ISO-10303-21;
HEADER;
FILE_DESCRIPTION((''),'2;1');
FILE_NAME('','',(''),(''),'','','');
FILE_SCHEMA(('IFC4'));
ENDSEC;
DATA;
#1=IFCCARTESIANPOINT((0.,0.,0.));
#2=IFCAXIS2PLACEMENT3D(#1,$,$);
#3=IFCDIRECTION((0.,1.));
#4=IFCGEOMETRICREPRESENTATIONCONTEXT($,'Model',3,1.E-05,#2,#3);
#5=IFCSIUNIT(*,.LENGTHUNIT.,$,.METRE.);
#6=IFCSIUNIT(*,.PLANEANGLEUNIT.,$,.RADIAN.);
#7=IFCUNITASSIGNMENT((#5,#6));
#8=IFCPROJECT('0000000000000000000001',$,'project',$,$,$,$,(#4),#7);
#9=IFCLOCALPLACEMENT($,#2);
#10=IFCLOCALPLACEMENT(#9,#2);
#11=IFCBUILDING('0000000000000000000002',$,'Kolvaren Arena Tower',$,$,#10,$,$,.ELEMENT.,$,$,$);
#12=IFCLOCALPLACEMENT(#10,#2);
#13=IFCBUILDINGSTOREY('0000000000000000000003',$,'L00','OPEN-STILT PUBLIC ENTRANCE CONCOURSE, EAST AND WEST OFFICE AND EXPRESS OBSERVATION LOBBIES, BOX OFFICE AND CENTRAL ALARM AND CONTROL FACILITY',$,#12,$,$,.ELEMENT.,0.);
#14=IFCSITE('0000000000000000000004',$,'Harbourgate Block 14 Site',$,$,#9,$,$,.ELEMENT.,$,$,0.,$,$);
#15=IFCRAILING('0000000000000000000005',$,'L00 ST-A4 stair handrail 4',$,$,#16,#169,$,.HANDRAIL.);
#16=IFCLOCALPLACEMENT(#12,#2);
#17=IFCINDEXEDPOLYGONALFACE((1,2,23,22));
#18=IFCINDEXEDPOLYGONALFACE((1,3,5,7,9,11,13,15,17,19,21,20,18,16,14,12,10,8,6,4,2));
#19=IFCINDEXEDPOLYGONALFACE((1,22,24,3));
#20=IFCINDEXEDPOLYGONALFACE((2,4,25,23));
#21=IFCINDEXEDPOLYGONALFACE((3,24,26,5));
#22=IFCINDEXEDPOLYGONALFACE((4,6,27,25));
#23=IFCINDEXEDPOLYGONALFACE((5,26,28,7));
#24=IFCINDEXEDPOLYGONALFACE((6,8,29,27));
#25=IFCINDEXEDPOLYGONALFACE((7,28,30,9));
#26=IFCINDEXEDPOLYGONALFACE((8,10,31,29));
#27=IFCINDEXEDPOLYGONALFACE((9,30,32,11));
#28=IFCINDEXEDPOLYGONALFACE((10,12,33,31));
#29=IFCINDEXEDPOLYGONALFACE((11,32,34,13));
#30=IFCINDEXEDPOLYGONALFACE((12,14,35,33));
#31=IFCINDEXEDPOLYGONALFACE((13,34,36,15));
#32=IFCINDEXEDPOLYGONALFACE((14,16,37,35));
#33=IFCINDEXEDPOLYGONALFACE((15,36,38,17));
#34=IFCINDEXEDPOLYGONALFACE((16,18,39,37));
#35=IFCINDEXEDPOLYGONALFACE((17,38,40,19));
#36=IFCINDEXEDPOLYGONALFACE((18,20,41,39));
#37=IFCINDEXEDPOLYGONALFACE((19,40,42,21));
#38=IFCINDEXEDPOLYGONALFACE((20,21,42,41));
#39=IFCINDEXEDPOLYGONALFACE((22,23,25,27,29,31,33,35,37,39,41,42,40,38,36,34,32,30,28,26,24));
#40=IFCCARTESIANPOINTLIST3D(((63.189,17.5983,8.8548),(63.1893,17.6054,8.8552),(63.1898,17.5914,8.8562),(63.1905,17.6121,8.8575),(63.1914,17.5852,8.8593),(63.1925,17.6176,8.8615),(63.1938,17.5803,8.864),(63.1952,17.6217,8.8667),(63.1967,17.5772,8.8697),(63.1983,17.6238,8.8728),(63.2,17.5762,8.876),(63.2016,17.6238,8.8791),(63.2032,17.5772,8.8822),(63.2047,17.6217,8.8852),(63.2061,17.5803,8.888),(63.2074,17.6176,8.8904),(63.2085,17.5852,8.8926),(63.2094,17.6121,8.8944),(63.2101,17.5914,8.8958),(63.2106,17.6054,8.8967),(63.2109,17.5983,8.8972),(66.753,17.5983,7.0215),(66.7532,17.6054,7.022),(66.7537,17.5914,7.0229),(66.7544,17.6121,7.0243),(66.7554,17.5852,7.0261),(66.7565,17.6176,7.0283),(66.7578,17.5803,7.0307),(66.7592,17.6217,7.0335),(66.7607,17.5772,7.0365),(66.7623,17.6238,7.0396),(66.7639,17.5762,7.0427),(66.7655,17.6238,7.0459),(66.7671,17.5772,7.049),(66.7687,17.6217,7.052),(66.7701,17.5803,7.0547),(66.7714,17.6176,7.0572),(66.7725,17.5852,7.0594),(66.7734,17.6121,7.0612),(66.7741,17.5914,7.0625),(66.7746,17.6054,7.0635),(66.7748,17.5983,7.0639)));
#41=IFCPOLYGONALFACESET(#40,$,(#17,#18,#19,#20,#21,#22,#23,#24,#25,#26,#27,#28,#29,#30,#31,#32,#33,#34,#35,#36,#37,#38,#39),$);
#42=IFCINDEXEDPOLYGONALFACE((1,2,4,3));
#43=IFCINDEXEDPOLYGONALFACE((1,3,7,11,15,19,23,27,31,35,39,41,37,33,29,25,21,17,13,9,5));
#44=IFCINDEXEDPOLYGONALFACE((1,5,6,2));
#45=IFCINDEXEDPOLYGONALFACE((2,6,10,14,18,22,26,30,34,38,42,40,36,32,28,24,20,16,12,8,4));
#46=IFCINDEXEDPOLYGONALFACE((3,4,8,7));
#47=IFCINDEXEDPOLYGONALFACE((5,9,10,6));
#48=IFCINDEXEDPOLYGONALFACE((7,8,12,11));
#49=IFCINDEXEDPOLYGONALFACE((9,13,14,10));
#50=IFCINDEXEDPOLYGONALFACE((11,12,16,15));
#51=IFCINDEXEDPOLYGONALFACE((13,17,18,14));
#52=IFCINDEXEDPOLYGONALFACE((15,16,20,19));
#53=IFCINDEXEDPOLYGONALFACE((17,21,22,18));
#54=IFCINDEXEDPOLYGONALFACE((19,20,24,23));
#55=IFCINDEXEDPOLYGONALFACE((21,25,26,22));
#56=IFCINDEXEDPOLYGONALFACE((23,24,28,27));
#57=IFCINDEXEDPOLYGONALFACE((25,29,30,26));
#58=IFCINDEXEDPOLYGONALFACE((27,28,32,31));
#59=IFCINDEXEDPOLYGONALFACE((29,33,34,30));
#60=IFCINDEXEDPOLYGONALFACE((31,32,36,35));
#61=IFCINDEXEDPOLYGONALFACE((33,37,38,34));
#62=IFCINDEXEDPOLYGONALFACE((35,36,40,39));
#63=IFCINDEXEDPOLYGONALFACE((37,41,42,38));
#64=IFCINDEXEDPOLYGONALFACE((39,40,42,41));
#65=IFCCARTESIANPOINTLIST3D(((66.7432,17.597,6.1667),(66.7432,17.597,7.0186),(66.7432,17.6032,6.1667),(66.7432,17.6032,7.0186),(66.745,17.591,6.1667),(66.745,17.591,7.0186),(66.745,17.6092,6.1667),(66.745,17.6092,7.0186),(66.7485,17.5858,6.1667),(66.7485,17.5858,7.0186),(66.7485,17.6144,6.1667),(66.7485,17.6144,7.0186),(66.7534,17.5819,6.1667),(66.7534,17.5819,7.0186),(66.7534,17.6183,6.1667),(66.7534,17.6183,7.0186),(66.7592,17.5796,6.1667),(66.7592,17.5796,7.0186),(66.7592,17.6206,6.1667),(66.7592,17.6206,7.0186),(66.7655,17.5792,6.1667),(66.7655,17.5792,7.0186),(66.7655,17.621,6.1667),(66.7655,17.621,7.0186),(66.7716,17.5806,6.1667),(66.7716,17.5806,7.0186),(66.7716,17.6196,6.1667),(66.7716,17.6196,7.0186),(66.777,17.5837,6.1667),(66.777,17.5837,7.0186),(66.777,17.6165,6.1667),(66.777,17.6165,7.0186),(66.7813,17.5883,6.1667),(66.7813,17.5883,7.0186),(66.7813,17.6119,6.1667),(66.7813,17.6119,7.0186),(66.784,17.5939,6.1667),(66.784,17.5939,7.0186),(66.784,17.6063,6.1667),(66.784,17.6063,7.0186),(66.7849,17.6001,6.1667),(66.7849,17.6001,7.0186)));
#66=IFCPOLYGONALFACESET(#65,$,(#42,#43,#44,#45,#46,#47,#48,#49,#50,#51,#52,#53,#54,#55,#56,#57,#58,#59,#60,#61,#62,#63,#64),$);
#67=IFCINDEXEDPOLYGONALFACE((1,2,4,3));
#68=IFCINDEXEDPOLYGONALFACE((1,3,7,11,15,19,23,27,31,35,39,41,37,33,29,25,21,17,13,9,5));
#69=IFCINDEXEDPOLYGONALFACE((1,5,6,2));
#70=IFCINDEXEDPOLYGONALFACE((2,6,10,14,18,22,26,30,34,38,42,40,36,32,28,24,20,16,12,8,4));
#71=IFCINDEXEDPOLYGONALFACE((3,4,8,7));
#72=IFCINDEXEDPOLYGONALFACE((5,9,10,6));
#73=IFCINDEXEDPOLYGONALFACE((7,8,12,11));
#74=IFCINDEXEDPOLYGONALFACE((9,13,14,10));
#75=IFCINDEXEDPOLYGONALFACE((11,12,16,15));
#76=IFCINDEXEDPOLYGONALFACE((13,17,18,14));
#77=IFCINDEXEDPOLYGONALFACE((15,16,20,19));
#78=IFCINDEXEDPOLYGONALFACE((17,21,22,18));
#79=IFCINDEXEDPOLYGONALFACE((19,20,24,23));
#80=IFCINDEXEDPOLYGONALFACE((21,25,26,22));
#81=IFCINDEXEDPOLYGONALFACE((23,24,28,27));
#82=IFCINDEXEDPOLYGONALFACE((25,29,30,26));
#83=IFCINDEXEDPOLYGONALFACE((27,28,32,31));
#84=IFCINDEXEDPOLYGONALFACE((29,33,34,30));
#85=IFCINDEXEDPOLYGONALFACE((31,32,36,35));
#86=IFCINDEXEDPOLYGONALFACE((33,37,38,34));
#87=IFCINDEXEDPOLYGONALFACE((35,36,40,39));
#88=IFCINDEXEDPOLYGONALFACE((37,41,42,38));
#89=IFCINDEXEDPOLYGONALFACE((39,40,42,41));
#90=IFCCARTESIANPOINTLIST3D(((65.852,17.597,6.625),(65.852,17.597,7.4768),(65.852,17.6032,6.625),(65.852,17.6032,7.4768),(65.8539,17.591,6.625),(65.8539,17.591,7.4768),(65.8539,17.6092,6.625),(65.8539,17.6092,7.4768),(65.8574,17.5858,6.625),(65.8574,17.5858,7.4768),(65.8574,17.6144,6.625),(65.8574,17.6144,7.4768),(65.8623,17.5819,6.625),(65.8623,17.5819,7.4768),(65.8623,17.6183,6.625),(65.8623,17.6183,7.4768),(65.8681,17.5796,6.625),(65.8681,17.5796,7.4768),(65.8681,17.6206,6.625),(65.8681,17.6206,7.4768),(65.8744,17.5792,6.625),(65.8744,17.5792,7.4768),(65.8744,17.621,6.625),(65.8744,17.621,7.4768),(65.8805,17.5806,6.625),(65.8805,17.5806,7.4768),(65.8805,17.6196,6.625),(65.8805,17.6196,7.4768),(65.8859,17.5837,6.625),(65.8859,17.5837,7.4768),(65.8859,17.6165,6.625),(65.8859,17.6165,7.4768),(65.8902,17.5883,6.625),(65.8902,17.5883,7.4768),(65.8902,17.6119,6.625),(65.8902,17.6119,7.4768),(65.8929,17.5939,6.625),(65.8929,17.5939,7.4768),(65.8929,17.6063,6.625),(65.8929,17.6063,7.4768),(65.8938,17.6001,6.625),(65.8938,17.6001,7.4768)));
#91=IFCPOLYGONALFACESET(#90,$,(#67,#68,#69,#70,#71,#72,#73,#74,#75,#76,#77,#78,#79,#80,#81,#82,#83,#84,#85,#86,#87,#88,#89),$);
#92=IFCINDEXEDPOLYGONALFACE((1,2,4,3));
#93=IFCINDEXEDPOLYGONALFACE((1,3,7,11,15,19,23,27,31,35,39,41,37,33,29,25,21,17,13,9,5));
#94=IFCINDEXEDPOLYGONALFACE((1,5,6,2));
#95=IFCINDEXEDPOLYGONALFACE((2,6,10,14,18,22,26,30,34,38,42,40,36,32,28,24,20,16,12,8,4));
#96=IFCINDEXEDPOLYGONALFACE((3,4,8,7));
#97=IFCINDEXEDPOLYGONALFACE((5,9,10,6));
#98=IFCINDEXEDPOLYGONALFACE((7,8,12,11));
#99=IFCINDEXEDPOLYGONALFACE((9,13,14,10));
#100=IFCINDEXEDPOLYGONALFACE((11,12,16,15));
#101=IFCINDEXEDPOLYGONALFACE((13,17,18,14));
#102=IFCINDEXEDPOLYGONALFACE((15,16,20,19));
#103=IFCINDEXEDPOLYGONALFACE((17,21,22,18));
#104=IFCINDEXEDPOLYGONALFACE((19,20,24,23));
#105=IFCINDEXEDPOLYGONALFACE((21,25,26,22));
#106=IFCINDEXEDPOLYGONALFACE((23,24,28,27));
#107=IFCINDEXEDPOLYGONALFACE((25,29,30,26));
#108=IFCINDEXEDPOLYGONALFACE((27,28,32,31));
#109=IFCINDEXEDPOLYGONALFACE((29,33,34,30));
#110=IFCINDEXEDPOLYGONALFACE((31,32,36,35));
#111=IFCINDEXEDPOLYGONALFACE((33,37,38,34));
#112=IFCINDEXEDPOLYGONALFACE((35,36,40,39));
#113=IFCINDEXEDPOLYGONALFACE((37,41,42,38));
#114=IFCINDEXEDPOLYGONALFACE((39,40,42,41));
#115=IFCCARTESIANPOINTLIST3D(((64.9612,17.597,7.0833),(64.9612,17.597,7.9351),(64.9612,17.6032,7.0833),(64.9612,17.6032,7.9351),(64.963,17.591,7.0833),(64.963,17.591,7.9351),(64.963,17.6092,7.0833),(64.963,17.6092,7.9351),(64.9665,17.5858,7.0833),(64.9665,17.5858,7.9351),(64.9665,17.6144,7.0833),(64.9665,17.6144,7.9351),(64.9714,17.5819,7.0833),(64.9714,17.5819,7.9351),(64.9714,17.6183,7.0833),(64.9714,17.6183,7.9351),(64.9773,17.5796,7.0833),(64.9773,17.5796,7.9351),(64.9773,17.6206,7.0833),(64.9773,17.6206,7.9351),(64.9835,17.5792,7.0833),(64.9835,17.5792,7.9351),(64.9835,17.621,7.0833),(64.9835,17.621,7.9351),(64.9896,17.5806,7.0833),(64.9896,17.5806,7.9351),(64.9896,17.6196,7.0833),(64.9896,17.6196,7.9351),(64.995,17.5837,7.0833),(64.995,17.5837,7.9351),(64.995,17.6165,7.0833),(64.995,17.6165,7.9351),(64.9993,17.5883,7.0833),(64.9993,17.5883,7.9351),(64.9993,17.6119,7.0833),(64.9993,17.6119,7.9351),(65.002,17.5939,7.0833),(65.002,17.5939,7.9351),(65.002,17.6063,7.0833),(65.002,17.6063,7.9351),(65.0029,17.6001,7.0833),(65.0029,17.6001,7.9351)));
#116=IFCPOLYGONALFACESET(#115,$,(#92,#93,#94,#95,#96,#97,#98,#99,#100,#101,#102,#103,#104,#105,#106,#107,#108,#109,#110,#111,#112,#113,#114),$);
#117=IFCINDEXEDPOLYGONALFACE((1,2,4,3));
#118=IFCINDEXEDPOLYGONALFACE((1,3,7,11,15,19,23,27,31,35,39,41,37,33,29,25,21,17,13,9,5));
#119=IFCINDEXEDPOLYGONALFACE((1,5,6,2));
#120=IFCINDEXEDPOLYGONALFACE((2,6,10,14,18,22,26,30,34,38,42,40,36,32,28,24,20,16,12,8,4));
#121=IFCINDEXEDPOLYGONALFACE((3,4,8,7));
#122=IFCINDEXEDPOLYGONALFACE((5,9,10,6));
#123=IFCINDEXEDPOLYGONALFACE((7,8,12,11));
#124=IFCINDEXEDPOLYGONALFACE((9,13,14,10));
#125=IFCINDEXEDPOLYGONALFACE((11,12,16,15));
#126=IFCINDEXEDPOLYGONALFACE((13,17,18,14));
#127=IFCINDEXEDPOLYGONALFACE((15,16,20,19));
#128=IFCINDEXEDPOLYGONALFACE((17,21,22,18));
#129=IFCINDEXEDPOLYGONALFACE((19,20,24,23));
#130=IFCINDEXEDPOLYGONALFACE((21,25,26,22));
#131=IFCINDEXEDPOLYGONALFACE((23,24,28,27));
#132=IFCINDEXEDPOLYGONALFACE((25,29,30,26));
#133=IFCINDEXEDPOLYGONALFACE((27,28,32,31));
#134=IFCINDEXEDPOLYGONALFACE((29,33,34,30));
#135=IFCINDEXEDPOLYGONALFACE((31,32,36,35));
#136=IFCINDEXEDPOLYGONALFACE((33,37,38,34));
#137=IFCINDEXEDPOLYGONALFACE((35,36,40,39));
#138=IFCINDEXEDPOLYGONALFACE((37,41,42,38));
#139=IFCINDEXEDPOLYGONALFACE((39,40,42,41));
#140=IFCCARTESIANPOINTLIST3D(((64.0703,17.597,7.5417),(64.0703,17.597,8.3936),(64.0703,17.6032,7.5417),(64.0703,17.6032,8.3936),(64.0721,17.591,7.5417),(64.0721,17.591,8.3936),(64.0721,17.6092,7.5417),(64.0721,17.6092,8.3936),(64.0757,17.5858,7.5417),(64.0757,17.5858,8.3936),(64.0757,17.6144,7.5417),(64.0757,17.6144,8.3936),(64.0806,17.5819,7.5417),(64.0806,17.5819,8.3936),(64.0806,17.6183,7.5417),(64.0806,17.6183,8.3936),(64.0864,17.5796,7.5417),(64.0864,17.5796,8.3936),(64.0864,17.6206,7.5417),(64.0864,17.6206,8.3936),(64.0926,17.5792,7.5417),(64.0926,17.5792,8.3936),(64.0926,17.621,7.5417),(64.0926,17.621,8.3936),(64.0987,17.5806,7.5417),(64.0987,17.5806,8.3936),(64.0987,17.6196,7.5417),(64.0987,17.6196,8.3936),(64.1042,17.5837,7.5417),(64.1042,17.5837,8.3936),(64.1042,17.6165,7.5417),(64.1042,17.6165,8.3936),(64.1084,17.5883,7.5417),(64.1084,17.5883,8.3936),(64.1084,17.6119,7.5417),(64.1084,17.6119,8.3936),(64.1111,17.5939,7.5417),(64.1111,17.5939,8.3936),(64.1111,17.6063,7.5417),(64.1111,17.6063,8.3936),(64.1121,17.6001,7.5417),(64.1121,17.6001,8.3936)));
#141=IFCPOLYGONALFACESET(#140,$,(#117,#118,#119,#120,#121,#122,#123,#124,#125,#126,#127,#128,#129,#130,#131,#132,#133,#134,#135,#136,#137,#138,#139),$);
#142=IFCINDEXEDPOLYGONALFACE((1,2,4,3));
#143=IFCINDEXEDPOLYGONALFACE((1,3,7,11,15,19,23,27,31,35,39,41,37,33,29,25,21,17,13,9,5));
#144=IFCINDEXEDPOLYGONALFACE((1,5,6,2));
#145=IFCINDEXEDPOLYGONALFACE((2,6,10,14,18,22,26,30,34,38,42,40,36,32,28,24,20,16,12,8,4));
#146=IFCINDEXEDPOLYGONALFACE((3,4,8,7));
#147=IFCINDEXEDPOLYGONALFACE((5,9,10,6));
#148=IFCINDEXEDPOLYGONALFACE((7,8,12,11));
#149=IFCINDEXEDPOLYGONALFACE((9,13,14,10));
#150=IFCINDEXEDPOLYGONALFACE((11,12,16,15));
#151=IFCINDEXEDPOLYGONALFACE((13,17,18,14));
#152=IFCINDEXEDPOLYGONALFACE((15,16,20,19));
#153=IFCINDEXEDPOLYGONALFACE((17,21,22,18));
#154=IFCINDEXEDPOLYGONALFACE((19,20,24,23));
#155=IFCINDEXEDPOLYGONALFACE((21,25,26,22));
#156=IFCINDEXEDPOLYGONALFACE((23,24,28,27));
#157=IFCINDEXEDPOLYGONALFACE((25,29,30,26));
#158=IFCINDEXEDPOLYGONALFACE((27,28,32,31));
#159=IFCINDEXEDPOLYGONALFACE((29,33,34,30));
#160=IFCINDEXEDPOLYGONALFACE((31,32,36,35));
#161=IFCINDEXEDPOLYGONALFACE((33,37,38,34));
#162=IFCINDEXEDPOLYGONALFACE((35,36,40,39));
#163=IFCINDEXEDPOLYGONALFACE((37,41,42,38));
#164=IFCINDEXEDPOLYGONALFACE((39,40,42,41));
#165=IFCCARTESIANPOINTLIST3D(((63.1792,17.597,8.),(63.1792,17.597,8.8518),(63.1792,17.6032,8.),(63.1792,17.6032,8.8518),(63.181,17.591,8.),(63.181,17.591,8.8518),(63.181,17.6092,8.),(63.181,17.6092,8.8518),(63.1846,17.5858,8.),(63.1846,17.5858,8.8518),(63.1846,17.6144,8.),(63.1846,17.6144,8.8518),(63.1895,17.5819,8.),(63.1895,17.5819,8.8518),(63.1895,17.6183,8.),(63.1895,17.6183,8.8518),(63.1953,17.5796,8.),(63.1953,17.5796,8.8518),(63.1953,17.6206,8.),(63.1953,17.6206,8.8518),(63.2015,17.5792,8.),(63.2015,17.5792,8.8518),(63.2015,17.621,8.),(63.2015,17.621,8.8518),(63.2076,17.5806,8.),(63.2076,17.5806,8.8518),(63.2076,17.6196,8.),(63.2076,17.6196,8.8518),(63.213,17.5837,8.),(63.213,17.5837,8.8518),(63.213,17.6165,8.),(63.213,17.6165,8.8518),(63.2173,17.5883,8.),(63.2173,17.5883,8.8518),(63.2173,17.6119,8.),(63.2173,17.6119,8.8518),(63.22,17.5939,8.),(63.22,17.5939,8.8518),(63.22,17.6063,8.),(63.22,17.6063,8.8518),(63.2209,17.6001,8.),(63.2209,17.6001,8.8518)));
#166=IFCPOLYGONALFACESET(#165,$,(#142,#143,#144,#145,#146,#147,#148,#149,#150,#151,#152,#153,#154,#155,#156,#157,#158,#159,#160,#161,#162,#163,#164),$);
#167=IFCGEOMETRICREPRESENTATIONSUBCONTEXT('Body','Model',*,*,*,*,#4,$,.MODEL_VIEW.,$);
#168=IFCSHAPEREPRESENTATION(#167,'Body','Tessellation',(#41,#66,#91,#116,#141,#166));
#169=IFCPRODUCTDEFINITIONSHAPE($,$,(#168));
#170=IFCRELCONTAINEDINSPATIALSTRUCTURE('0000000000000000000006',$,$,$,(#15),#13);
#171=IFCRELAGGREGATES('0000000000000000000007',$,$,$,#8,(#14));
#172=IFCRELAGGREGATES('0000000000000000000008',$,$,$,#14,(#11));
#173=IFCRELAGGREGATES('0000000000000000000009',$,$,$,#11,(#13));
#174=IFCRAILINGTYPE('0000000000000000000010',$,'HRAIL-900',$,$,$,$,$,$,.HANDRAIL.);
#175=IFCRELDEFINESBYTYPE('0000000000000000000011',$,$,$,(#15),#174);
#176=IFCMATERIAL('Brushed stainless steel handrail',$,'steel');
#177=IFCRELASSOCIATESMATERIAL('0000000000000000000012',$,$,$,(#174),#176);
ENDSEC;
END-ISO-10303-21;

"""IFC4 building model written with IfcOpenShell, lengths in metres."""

from ifc_helpers import new_model, si_unit, direction, frame, origin, origin_2d, place, context, subcontext, project, spatial, circle, extrude, material, type_object, element, save


model = new_model("IFC4")

# Units and contexts
model_context = context("Model", 3, precision=1e-05, world=origin(), true_north=direction((0.0, 1.0)))
body_context = subcontext(model_context, "Body", "Model", "MODEL_VIEW")
ifc_project = project(units=[si_unit("LENGTHUNIT", "METRE"), si_unit("PLANEANGLEUNIT", "RADIAN")], contexts=[model_context])

# Site, building, storey
site_placement = place(None, origin())
site = spatial("IfcSite", under=ifc_project, at=site_placement, Name="Harbourgate Block 14 Site", CompositionType="ELEMENT", RefElevation=0.0)
building_placement = place(site_placement, origin())
building = spatial("IfcBuilding", under=site, at=building_placement, Name="Kolvaren Arena Tower", CompositionType="ELEMENT")
storey_placement = place(building_placement, origin())
storey = spatial("IfcBuildingStorey", under=building, at=storey_placement, Name="L00", Description="OPEN-STILT PUBLIC ENTRANCE CONCOURSE, EAST AND WEST OFFICE AND EXPRESS OBSERVATION LOBBIES, BOX OFFICE AND CENTRAL ALARM AND CONTROL FACILITY", CompositionType="ELEMENT", Elevation=0.0)

# Railing
ifc_material_1 = material(Name="Brushed stainless steel handrail", Category="steel")
railing_type_1 = type_object("IfcRailingType", Name="HRAIL-900", PredefinedType="HANDRAIL", material=ifc_material_1)
for number, where, name in (
    (1, (66.7639, 17.6001, 6.1667), "L00 ST-A4 stair handrail 4"),
):
    element("IfcRailing", number, at=place(storey_placement, frame(where)), inside=storey, type_object=railing_type_1, Name=name, PredefinedType="HANDRAIL", context=body_context, shape_type="SweptSolid", body=[
        extrude(circle(Radius=0.0239, at=origin_2d()), frame((0.0, 0.0, 0.876), z_axis=(-0.889252, 0.0, 0.457418), x_axis=(0.0, -1.0, 0.0)), (0.0, 0.0, 1.0), 4.0078),
        extrude(circle(Radius=0.021, at=origin_2d()), origin(), (0.0, 0.0, 1.0), 0.8518),
        extrude(circle(Radius=0.021, at=origin_2d()), frame((-0.8911, 0.0, 0.4583)), (0.0, 0.0, 1.0), 0.8518),
        extrude(circle(Radius=0.021, at=origin_2d()), frame((-1.782, 0.0, 0.9165)), (0.0, 0.0, 1.0), 0.8518),
        extrude(circle(Radius=0.021, at=origin_2d()), frame((-2.6729, 0.0, 1.375)), (0.0, 0.0, 1.0), 0.8518),
        extrude(circle(Radius=0.021, at=origin_2d()), frame((-3.564, 0.0, 1.8333)), (0.0, 0.0, 1.0), 0.8518),
    ])

save(model, "model.ifc")
